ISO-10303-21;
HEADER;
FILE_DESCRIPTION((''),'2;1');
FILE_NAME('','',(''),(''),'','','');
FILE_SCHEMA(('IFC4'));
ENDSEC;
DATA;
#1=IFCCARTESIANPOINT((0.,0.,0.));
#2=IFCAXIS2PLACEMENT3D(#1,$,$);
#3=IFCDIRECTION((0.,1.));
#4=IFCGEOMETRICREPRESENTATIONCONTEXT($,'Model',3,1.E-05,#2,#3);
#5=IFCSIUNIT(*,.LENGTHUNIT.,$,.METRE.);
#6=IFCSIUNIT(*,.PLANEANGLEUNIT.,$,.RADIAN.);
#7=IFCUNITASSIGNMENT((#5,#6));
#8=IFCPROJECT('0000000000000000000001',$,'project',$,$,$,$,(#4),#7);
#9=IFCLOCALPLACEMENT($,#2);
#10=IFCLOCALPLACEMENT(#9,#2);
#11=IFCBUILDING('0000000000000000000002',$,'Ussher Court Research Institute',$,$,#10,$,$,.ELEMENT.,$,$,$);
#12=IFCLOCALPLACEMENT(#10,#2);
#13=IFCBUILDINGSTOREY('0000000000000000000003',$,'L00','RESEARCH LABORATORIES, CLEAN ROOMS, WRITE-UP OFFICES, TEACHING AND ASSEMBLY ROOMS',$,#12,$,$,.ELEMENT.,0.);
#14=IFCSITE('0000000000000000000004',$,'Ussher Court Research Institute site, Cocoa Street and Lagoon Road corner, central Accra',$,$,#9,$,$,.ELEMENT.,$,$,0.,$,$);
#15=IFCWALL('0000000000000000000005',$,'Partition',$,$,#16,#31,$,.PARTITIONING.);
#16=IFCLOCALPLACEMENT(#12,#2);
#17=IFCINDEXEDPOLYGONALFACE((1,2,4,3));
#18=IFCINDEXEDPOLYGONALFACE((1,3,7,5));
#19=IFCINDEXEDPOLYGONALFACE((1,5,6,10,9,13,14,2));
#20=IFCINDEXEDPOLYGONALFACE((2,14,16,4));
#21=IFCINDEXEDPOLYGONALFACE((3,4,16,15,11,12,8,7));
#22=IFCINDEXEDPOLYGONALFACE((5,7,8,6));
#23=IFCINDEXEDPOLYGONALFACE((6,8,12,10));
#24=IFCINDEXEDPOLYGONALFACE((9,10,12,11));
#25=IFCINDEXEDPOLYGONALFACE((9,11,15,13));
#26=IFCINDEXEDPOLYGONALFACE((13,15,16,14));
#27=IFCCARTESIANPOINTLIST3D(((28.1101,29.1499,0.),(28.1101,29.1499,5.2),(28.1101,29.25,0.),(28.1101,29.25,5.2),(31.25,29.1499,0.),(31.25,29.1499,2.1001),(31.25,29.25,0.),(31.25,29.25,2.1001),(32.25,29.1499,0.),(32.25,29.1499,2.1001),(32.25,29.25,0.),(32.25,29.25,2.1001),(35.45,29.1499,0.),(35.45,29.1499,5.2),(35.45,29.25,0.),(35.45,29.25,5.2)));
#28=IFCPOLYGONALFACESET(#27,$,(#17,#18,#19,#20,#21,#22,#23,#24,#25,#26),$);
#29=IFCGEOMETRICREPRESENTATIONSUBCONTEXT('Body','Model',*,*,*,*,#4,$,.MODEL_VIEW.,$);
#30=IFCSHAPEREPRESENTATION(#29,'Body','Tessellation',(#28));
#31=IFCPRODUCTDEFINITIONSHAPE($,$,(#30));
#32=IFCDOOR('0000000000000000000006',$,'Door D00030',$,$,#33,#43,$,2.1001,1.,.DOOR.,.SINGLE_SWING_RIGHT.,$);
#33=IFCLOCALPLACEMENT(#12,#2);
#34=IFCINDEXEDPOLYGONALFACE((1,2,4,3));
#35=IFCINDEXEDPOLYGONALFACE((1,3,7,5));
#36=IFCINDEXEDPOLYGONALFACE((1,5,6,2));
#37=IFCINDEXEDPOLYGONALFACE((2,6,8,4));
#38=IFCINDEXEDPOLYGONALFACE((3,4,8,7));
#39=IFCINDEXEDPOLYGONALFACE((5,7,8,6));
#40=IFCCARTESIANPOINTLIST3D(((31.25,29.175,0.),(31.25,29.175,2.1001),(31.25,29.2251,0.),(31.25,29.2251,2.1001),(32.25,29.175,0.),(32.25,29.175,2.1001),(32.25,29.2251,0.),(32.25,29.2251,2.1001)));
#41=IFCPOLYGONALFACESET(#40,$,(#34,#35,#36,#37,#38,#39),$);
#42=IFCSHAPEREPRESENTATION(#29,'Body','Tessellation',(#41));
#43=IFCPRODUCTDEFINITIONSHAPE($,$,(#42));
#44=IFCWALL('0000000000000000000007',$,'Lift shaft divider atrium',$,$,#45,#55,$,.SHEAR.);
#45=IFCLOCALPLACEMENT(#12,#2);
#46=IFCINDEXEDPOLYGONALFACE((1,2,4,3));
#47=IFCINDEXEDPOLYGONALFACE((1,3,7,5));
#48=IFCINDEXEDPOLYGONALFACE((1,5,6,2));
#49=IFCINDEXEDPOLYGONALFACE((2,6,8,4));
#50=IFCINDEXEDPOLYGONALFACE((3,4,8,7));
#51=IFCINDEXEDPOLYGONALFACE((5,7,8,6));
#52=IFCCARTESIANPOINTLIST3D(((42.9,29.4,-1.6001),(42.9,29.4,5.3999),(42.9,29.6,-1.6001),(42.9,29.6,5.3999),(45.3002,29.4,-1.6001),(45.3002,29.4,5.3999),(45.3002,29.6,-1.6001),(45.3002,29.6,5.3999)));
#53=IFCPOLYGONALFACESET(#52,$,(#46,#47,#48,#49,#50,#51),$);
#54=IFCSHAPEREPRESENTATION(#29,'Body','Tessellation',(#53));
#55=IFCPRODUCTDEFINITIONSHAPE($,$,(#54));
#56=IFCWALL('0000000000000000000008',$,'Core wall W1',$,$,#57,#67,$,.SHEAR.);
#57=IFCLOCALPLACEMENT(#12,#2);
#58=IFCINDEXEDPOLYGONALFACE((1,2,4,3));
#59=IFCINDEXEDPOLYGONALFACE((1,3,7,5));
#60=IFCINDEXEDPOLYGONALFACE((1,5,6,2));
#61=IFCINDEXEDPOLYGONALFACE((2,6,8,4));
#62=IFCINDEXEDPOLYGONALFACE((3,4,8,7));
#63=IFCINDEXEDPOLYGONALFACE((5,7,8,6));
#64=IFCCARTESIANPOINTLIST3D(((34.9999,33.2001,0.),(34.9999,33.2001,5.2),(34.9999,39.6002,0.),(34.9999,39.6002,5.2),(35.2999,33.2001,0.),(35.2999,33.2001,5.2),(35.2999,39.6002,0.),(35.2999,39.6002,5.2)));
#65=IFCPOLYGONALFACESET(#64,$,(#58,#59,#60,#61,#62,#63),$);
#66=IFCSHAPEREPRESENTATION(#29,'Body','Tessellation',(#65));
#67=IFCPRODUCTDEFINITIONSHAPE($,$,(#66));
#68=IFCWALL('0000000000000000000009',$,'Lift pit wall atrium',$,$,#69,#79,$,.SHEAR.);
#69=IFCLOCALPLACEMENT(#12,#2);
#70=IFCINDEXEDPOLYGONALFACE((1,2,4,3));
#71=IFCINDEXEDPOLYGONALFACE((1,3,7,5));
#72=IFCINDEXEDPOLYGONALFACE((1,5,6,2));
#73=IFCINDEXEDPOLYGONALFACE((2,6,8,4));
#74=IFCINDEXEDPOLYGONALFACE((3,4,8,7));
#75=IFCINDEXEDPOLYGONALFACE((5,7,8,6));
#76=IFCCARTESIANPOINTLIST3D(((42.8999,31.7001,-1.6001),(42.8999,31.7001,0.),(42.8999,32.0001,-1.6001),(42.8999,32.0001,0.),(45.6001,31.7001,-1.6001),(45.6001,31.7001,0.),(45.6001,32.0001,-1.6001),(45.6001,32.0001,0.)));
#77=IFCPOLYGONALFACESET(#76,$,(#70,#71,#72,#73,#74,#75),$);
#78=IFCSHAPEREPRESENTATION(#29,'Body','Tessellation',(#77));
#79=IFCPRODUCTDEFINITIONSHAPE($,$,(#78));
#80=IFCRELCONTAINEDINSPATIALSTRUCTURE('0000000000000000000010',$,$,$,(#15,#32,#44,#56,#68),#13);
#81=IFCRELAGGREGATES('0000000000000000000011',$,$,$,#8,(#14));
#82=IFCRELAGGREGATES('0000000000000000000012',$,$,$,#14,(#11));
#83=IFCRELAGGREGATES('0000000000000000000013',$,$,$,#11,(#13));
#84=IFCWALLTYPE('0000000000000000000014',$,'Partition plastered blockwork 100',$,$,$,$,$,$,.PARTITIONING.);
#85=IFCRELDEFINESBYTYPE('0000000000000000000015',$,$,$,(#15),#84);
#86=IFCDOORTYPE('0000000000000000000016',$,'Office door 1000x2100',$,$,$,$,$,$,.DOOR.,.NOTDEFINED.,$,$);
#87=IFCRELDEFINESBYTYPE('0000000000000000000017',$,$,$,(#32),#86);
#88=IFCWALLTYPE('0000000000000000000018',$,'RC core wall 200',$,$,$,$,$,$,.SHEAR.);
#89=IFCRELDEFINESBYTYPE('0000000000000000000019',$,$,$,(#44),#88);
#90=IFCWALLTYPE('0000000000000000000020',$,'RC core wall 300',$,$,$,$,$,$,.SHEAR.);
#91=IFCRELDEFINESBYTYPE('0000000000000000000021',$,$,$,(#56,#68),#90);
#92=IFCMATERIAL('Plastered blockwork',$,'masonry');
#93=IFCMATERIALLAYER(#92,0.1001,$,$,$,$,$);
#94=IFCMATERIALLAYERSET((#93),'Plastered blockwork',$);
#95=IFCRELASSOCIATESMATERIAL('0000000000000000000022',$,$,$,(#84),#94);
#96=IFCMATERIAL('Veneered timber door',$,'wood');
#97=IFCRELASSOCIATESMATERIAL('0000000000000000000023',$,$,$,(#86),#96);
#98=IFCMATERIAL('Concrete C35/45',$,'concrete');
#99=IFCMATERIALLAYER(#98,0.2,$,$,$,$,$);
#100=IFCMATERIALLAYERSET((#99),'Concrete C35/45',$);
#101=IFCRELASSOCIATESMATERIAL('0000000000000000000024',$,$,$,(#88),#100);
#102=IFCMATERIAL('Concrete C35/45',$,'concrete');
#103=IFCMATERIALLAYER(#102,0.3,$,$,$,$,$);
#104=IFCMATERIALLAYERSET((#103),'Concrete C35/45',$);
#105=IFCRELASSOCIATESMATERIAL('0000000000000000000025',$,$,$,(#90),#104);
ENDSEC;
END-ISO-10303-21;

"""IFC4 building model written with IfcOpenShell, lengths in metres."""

from ifc_helpers import new_model, si_unit, direction, frame, frame_2d, origin, place, context, subcontext, project, spatial, rectangle, extrude, material, layer, layer_set, type_object, element, fill, save


model = new_model("IFC4")

# Units and contexts
model_context = context("Model", 3, precision=1e-05, world=origin(), true_north=direction((0.0, 1.0)))
body_context = subcontext(model_context, "Body", "Model", "MODEL_VIEW")
ifc_project = project(units=[si_unit("LENGTHUNIT", "METRE"), si_unit("PLANEANGLEUNIT", "RADIAN")], contexts=[model_context])

# Site, building, storey
site_placement = place(None, origin())
site = spatial("IfcSite", under=ifc_project, at=site_placement, Name="Ussher Court Research Institute site, Cocoa Street and Lagoon Road corner, central Accra", CompositionType="ELEMENT", RefElevation=0.0)
building_placement = place(site_placement, origin())
building = spatial("IfcBuilding", under=site, at=building_placement, Name="Ussher Court Research Institute", CompositionType="ELEMENT")
storey_placement = place(building_placement, origin())
storey = spatial("IfcBuildingStorey", under=building, at=storey_placement, Name="L00", Description="RESEARCH LABORATORIES, CLEAN ROOMS, WRITE-UP OFFICES, TEACHING AND ASSEMBLY ROOMS", CompositionType="ELEMENT", Elevation=0.0)

# Wall, opening, door
ifc_material_1 = material(Name="Plastered blockwork", Category="masonry")
ifc_layer_1 = layer(ifc_material_1, 0.1001)
ifc_layer_set_1 = layer_set([ifc_layer_1], Name="Plastered blockwork")
wall_type_1 = type_object("IfcWallType", Name="Partition plastered blockwork 100", PredefinedType="PARTITIONING", material=ifc_layer_set_1)
wall_1_placement = place(storey_placement, frame((35.45, 29.2, 0.0), z_axis=(0.0, 0.0, 1.0), x_axis=(-1.0, 0.0, 0.0)))
wall_1 = element("IfcWall", 1, at=wall_1_placement, inside=storey, type_object=wall_type_1, Name="Partition", PredefinedType="PARTITIONING", context=body_context, shape_type="SweptSolid", body=[
    extrude(rectangle(XDim=7.3398, YDim=0.1001, at=frame_2d((3.6699, 0.0))), origin(), (0.0, 0.0, 1.0), 5.2),
])
opening_placement = place(wall_1_placement, frame((3.2, 0.0, 0.0)))
opening = element("IfcOpeningElement", 2, at=opening_placement, cuts=wall_1, PredefinedType="OPENING", context=body_context, shape_type="SweptSolid", body=[
    extrude(rectangle(XDim=1.0, YDim=2.1001, at=frame_2d((0.5, 1.05))), frame((0.0, 0.0601, 0.0), z_axis=(0.0, -1.0, 0.0), x_axis=(1.0, 0.0, 0.0)), (0.0, 0.0, 1.0), 0.1201),
])
ifc_material_2 = material(Name="Veneered timber door", Category="wood")
door_type = type_object("IfcDoorType", Name="Office door 1000x2100", OperationType="NOTDEFINED", PredefinedType="DOOR", material=ifc_material_2)
door_placement = place(opening_placement, origin())
door = element("IfcDoor", 3, at=door_placement, inside=storey, type_object=door_type, Name="Door D00030", OperationType="SINGLE_SWING_RIGHT", OverallHeight=2.1001, OverallWidth=1.0, PredefinedType="DOOR", context=body_context, shape_type="SweptSolid", body=[
    extrude(rectangle(XDim=1.0, YDim=2.1001, at=frame_2d((0.5, 1.05))), frame((0.0, 0.0249, 0.0), z_axis=(0.0, -1.0, 0.0), x_axis=(1.0, 0.0, 0.0)), (0.0, 0.0, 1.0), 0.05),
])
fill(opening, door)

# Walls
ifc_material_3 = material(Name="Concrete C35/45", Category="concrete")
ifc_layer_2 = layer(ifc_material_3, 0.2)
ifc_layer_set_2 = layer_set([ifc_layer_2], Name="Concrete C35/45")
wall_type_2 = type_object("IfcWallType", Name="RC core wall 200", PredefinedType="SHEAR", material=ifc_layer_set_2)
wall_2_placement = place(storey_placement, frame((42.8999, 29.5, -1.6001), z_axis=(0.0, 0.0, 1.0), x_axis=(1.0, 0.0, 0.0)))
element("IfcWall", 4, at=wall_2_placement, inside=storey, type_object=wall_type_2, Name="Lift shaft divider atrium", PredefinedType="SHEAR", context=body_context, shape_type="SweptSolid", body=[
    extrude(rectangle(XDim=2.4001, YDim=0.2, at=frame_2d((1.2002, 0.0))), origin(), (0.0, 0.0, 1.0), 7.0),
])
ifc_material_4 = material(Name="Concrete C35/45", Category="concrete")
ifc_layer_3 = layer(ifc_material_4, 0.3)
ifc_layer_set_3 = layer_set([ifc_layer_3], Name="Concrete C35/45")
wall_type_3 = type_object("IfcWallType", Name="RC core wall 300", PredefinedType="SHEAR", material=ifc_layer_set_3)
wall_3_placement = place(storey_placement, frame((35.1499, 33.2, 0.0), z_axis=(0.0, 0.0, 1.0), x_axis=(0.0, 1.0, 0.0)))
element("IfcWall", 5, at=wall_3_placement, inside=storey, type_object=wall_type_3, Name="Core wall W1", PredefinedType="SHEAR", context=body_context, shape_type="SweptSolid", body=[
    extrude(rectangle(XDim=6.4001, YDim=0.3, at=frame_2d((3.2002, 0.0))), origin(), (0.0, 0.0, 1.0), 5.2),
])
wall_4_placement = place(storey_placement, frame((42.8999, 31.8501, -1.6001), z_axis=(0.0, 0.0, 1.0), x_axis=(1.0, 0.0, 0.0)))
element("IfcWall", 6, at=wall_4_placement, inside=storey, type_object=wall_type_3, Name="Lift pit wall atrium", PredefinedType="SHEAR", context=body_context, shape_type="SweptSolid", body=[
    extrude(rectangle(XDim=2.7002, YDim=0.3, at=frame_2d((1.3501, 0.0))), origin(), (0.0, 0.0, 1.0), 1.6001),
])

save(model, "model.ifc")
